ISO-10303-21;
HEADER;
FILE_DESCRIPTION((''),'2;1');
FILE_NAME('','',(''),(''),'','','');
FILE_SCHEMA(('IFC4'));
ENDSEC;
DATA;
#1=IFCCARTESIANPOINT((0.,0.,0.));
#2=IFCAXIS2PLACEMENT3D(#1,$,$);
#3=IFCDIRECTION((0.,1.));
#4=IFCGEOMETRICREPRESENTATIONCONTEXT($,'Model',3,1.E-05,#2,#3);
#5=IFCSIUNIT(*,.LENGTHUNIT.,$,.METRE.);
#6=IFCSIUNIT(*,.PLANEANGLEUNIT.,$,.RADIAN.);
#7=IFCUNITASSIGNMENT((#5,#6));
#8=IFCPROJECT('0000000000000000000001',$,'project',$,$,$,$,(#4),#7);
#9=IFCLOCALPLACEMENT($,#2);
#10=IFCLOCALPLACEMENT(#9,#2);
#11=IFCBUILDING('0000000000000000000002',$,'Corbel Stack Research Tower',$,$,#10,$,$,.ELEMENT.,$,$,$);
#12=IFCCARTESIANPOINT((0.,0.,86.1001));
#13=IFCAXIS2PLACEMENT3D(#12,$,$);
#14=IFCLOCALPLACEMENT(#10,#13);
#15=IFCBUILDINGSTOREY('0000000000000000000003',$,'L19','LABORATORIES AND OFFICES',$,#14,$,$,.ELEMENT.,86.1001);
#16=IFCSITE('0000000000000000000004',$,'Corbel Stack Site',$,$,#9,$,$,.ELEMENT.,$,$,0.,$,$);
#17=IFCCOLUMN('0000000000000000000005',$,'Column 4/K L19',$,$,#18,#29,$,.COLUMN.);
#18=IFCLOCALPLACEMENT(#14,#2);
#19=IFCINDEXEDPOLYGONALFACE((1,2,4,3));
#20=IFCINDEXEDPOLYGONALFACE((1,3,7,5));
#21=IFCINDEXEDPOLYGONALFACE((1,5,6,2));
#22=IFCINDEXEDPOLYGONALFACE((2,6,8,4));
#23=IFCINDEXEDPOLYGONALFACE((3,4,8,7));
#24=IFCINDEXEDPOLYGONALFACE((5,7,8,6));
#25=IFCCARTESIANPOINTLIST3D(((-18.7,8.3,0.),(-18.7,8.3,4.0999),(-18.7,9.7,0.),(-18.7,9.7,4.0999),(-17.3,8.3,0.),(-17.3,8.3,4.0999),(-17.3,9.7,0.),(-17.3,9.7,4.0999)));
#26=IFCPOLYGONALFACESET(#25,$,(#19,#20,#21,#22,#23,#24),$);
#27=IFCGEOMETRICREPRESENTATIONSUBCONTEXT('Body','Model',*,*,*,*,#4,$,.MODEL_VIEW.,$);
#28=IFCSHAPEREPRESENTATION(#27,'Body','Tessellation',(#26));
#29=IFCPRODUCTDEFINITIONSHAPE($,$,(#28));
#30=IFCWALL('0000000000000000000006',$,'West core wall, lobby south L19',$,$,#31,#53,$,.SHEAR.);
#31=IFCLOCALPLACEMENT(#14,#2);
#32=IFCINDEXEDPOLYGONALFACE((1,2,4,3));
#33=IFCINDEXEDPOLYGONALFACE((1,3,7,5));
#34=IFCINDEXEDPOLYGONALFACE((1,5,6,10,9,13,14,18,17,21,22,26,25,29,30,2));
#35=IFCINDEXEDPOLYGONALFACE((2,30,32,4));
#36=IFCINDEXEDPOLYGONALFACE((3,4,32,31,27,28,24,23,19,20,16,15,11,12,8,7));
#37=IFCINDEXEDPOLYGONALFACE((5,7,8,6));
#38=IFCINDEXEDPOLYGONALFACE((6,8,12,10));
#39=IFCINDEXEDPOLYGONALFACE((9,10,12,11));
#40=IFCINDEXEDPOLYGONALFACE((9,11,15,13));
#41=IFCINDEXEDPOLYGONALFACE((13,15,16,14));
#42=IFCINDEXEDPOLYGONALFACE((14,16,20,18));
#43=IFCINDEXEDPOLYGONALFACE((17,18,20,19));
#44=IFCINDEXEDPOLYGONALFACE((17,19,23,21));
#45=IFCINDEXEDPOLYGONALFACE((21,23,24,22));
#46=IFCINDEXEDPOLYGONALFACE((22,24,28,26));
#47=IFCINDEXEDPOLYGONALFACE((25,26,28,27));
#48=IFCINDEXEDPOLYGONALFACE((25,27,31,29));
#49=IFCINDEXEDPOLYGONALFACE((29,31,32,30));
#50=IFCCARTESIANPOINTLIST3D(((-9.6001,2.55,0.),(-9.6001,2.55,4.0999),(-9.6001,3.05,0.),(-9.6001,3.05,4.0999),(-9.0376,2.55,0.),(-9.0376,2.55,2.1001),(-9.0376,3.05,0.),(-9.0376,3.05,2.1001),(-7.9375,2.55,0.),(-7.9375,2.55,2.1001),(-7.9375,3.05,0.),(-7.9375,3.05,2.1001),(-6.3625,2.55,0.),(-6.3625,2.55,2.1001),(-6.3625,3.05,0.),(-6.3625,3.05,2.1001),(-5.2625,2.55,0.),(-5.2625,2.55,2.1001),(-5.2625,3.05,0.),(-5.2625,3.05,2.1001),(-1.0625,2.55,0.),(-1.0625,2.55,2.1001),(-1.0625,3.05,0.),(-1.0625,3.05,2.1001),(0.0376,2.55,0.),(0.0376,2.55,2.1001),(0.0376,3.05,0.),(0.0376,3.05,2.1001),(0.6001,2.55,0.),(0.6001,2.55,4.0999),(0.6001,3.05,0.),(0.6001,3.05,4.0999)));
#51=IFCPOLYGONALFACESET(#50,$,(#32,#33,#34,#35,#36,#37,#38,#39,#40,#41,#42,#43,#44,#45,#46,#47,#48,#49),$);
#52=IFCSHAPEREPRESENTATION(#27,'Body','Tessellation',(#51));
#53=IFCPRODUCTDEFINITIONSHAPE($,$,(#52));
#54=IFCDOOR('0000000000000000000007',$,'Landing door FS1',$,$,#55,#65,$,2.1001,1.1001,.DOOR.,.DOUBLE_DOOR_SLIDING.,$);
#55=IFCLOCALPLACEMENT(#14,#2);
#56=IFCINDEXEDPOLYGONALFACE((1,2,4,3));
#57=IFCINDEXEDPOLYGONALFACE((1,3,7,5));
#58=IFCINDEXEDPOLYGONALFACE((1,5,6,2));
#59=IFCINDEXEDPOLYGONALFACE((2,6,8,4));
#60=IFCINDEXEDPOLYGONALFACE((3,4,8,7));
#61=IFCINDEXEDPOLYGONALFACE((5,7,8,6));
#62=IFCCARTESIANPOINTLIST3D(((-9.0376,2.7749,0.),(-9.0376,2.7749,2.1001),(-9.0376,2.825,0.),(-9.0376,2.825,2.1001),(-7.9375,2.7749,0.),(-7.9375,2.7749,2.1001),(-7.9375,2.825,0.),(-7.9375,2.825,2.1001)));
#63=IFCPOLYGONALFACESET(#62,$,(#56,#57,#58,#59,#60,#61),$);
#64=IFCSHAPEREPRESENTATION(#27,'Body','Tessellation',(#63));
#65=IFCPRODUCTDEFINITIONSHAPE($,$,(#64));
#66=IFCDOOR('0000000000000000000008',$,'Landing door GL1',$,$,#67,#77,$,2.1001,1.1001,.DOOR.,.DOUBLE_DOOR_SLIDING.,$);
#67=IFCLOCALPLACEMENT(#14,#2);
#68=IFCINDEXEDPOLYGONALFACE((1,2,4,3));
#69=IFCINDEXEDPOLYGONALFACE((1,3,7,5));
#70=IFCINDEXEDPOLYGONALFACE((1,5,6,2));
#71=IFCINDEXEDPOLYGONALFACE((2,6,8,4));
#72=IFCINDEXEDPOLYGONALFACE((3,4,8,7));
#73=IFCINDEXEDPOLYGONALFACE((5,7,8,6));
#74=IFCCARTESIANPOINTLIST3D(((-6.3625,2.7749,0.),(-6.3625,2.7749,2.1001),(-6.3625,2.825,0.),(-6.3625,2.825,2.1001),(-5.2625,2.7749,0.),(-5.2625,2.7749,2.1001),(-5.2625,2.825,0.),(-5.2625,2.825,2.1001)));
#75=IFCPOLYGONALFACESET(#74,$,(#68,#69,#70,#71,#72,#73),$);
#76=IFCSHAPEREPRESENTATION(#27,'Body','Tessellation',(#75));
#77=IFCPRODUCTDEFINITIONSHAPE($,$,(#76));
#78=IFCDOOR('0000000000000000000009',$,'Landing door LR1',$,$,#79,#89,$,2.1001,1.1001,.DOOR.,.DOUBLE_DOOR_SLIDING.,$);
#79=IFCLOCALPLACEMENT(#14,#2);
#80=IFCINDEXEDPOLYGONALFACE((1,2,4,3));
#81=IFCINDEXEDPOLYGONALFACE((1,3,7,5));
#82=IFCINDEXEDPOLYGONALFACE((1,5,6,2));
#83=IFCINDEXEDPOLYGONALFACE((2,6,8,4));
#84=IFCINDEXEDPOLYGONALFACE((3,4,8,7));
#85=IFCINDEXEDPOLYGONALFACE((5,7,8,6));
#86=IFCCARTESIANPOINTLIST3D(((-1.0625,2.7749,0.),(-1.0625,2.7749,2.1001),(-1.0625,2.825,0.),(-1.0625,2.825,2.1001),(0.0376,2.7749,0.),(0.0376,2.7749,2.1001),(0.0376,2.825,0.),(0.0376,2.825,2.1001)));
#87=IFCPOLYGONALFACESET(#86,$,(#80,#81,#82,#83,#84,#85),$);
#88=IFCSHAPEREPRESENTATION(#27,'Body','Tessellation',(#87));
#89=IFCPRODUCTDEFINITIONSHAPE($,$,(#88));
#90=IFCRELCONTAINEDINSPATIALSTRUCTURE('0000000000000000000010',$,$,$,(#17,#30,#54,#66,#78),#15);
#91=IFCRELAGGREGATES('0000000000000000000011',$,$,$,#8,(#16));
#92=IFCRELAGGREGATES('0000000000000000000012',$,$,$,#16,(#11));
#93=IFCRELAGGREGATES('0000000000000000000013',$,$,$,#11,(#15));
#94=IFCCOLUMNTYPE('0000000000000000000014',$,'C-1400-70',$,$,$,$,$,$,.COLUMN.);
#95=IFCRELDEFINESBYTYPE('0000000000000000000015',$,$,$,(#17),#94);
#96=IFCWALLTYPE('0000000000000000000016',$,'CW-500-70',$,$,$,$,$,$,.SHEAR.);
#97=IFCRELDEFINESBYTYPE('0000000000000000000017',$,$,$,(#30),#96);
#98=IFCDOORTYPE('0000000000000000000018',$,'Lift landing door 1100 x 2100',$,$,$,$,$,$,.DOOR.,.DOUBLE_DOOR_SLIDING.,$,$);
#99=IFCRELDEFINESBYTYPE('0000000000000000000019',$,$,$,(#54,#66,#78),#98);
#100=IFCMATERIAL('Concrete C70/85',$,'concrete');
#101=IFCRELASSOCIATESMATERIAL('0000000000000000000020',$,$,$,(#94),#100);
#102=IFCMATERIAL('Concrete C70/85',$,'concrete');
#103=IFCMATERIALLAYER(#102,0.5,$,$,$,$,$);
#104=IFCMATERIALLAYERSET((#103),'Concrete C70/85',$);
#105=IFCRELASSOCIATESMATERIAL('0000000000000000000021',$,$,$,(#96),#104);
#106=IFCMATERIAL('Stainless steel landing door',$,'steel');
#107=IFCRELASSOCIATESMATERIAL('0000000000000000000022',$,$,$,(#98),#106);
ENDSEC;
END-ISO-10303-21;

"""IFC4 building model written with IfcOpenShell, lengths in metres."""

from ifc_helpers import new_model, si_unit, direction, frame, frame_2d, origin, origin_2d, place, context, subcontext, project, spatial, rectangle, extrude, material, layer, layer_set, material_profile, profile_set, type_object, element, fill, save


model = new_model("IFC4")

# Units and contexts
model_context = context("Model", 3, precision=1e-05, world=origin(), true_north=direction((0.0, 1.0)))
body_context = subcontext(model_context, "Body", "Model", "MODEL_VIEW")
ifc_project = project(units=[si_unit("LENGTHUNIT", "METRE"), si_unit("PLANEANGLEUNIT", "RADIAN")], contexts=[model_context])

# Site, building, storey
site_placement = place(None, origin())
site = spatial("IfcSite", under=ifc_project, at=site_placement, Name="Corbel Stack Site", CompositionType="ELEMENT", RefElevation=0.0)
building_placement = place(site_placement, origin())
building = spatial("IfcBuilding", under=site, at=building_placement, Name="Corbel Stack Research Tower", CompositionType="ELEMENT")
storey_placement = place(building_placement, frame((0.0, 0.0, 86.1001)))
storey = spatial("IfcBuildingStorey", under=building, at=storey_placement, Name="L19", Description="LABORATORIES AND OFFICES", CompositionType="ELEMENT", Elevation=86.1001)

# Column
ifc_material_1 = material(Name="Concrete C70/85", Category="concrete")
ifc_material_profile = material_profile(ifc_material_1, rectangle(XDim=1.3999, YDim=1.3999, at=origin_2d()), Name="RC 1400 x 1400")
ifc_profile_set = profile_set([ifc_material_profile], Name="Concrete C70/85")
column_type = type_object("IfcColumnType", Name="C-1400-70", PredefinedType="COLUMN", material=ifc_profile_set)
column_placement = place(storey_placement, frame((-18.0, 9.0, 0.0), z_axis=(0.0, 0.0, 1.0), x_axis=(1.0, 0.0, 0.0)))
element("IfcColumn", 1, at=column_placement, inside=storey, type_object=column_type, Name="Column 4/K L19", PredefinedType="COLUMN", context=body_context, shape_type="SweptSolid", body=[
    extrude(rectangle(XDim=1.3999, YDim=1.3999, at=origin_2d()), origin(), (0.0, 0.0, 1.0), 4.0999),
])

# Wall, openings, doors
ifc_material_2 = material(Name="Concrete C70/85", Category="concrete")
ifc_layer_1 = layer(ifc_material_2, 0.5)
ifc_layer_set_1 = layer_set([ifc_layer_1], Name="Concrete C70/85")
wall_type_1 = type_object("IfcWallType", Name="CW-500-70", PredefinedType="SHEAR", material=ifc_layer_set_1)
wall_1_placement = place(storey_placement, frame((-9.6001, 2.8, 0.0), z_axis=(0.0, 0.0, 1.0), x_axis=(1.0, 0.0, 0.0)))
wall_1 = element("IfcWall", 2, at=wall_1_placement, inside=storey, type_object=wall_type_1, Name="West core wall, lobby south L19", PredefinedType="SHEAR", context=body_context, shape_type="SweptSolid", body=[
    extrude(rectangle(XDim=10.2002, YDim=0.5, at=frame_2d((5.1001, 0.0))), origin(), (0.0, 0.0, 1.0), 4.0999),
])
opening_1_placement = place(wall_1_placement, frame((0.5625, 0.0, 0.0)))
opening_1 = element("IfcOpeningElement", 3, at=opening_1_placement, cuts=wall_1, PredefinedType="OPENING", context=body_context, shape_type="SweptSolid", body=[
    extrude(rectangle(XDim=1.1001, YDim=2.1001, at=frame_2d((0.55, 1.05))), frame((0.0, 0.26, 0.0), z_axis=(0.0, -1.0, 0.0), x_axis=(1.0, 0.0, 0.0)), (0.0, 0.0, 1.0), 0.52),
])
opening_2_placement = place(wall_1_placement, frame((3.2375, 0.0, 0.0)))
opening_2 = element("IfcOpeningElement", 4, at=opening_2_placement, cuts=wall_1, PredefinedType="OPENING", context=body_context, shape_type="SweptSolid", body=[
    extrude(rectangle(XDim=1.1001, YDim=2.1001, at=frame_2d((0.55, 1.05))), frame((0.0, 0.26, 0.0), z_axis=(0.0, -1.0, 0.0), x_axis=(1.0, 0.0, 0.0)), (0.0, 0.0, 1.0), 0.52),
])
opening_3_placement = place(wall_1_placement, frame((8.5376, 0.0, 0.0)))
opening_3 = element("IfcOpeningElement", 5, at=opening_3_placement, cuts=wall_1, PredefinedType="OPENING", context=body_context, shape_type="SweptSolid", body=[
    extrude(rectangle(XDim=1.1001, YDim=2.1001, at=frame_2d((0.55, 1.05))), frame((0.0, 0.26, 0.0), z_axis=(0.0, -1.0, 0.0), x_axis=(1.0, 0.0, 0.0)), (0.0, 0.0, 1.0), 0.52),
])
ifc_material_3 = material(Name="Stainless steel landing door", Category="steel")
door_type_1 = type_object("IfcDoorType", Name="Lift landing door 1100 x 2100", OperationType="DOUBLE_DOOR_SLIDING", PredefinedType="DOOR", material=ifc_material_3)
door_1_placement = place(opening_1_placement, origin())
door_1 = element("IfcDoor", 6, at=door_1_placement, inside=storey, type_object=door_type_1, Name="Landing door FS1", OperationType="DOUBLE_DOOR_SLIDING", OverallHeight=2.1001, OverallWidth=1.1001, PredefinedType="DOOR", context=body_context, shape_type="SweptSolid", body=[
    extrude(rectangle(XDim=1.1001, YDim=2.1001, at=frame_2d((0.55, 1.05))), frame((0.0, 0.0249, 0.0), z_axis=(0.0, -1.0, 0.0), x_axis=(1.0, 0.0, 0.0)), (0.0, 0.0, 1.0), 0.05),
])
fill(opening_1, door_1)
door_2_placement = place(opening_2_placement, origin())
door_2 = element("IfcDoor", 7, at=door_2_placement, inside=storey, type_object=door_type_1, Name="Landing door GL1", OperationType="DOUBLE_DOOR_SLIDING", OverallHeight=2.1001, OverallWidth=1.1001, PredefinedType="DOOR", context=body_context, shape_type="SweptSolid", body=[
    extrude(rectangle(XDim=1.1001, YDim=2.1001, at=frame_2d((0.55, 1.05))), frame((0.0, 0.0249, 0.0), z_axis=(0.0, -1.0, 0.0), x_axis=(1.0, 0.0, 0.0)), (0.0, 0.0, 1.0), 0.05),
])
fill(opening_2, door_2)
door_3_placement = place(opening_3_placement, origin())
door_3 = element("IfcDoor", 8, at=door_3_placement, inside=storey, type_object=door_type_1, Name="Landing door LR1", OperationType="DOUBLE_DOOR_SLIDING", OverallHeight=2.1001, OverallWidth=1.1001, PredefinedType="DOOR", context=body_context, shape_type="SweptSolid", body=[
    extrude(rectangle(XDim=1.1001, YDim=2.1001, at=frame_2d((0.55, 1.05))), frame((0.0, 0.0249, 0.0), z_axis=(0.0, -1.0, 0.0), x_axis=(1.0, 0.0, 0.0)), (0.0, 0.0, 1.0), 0.05),
])
fill(opening_3, door_3)

save(model, "model.ifc")
